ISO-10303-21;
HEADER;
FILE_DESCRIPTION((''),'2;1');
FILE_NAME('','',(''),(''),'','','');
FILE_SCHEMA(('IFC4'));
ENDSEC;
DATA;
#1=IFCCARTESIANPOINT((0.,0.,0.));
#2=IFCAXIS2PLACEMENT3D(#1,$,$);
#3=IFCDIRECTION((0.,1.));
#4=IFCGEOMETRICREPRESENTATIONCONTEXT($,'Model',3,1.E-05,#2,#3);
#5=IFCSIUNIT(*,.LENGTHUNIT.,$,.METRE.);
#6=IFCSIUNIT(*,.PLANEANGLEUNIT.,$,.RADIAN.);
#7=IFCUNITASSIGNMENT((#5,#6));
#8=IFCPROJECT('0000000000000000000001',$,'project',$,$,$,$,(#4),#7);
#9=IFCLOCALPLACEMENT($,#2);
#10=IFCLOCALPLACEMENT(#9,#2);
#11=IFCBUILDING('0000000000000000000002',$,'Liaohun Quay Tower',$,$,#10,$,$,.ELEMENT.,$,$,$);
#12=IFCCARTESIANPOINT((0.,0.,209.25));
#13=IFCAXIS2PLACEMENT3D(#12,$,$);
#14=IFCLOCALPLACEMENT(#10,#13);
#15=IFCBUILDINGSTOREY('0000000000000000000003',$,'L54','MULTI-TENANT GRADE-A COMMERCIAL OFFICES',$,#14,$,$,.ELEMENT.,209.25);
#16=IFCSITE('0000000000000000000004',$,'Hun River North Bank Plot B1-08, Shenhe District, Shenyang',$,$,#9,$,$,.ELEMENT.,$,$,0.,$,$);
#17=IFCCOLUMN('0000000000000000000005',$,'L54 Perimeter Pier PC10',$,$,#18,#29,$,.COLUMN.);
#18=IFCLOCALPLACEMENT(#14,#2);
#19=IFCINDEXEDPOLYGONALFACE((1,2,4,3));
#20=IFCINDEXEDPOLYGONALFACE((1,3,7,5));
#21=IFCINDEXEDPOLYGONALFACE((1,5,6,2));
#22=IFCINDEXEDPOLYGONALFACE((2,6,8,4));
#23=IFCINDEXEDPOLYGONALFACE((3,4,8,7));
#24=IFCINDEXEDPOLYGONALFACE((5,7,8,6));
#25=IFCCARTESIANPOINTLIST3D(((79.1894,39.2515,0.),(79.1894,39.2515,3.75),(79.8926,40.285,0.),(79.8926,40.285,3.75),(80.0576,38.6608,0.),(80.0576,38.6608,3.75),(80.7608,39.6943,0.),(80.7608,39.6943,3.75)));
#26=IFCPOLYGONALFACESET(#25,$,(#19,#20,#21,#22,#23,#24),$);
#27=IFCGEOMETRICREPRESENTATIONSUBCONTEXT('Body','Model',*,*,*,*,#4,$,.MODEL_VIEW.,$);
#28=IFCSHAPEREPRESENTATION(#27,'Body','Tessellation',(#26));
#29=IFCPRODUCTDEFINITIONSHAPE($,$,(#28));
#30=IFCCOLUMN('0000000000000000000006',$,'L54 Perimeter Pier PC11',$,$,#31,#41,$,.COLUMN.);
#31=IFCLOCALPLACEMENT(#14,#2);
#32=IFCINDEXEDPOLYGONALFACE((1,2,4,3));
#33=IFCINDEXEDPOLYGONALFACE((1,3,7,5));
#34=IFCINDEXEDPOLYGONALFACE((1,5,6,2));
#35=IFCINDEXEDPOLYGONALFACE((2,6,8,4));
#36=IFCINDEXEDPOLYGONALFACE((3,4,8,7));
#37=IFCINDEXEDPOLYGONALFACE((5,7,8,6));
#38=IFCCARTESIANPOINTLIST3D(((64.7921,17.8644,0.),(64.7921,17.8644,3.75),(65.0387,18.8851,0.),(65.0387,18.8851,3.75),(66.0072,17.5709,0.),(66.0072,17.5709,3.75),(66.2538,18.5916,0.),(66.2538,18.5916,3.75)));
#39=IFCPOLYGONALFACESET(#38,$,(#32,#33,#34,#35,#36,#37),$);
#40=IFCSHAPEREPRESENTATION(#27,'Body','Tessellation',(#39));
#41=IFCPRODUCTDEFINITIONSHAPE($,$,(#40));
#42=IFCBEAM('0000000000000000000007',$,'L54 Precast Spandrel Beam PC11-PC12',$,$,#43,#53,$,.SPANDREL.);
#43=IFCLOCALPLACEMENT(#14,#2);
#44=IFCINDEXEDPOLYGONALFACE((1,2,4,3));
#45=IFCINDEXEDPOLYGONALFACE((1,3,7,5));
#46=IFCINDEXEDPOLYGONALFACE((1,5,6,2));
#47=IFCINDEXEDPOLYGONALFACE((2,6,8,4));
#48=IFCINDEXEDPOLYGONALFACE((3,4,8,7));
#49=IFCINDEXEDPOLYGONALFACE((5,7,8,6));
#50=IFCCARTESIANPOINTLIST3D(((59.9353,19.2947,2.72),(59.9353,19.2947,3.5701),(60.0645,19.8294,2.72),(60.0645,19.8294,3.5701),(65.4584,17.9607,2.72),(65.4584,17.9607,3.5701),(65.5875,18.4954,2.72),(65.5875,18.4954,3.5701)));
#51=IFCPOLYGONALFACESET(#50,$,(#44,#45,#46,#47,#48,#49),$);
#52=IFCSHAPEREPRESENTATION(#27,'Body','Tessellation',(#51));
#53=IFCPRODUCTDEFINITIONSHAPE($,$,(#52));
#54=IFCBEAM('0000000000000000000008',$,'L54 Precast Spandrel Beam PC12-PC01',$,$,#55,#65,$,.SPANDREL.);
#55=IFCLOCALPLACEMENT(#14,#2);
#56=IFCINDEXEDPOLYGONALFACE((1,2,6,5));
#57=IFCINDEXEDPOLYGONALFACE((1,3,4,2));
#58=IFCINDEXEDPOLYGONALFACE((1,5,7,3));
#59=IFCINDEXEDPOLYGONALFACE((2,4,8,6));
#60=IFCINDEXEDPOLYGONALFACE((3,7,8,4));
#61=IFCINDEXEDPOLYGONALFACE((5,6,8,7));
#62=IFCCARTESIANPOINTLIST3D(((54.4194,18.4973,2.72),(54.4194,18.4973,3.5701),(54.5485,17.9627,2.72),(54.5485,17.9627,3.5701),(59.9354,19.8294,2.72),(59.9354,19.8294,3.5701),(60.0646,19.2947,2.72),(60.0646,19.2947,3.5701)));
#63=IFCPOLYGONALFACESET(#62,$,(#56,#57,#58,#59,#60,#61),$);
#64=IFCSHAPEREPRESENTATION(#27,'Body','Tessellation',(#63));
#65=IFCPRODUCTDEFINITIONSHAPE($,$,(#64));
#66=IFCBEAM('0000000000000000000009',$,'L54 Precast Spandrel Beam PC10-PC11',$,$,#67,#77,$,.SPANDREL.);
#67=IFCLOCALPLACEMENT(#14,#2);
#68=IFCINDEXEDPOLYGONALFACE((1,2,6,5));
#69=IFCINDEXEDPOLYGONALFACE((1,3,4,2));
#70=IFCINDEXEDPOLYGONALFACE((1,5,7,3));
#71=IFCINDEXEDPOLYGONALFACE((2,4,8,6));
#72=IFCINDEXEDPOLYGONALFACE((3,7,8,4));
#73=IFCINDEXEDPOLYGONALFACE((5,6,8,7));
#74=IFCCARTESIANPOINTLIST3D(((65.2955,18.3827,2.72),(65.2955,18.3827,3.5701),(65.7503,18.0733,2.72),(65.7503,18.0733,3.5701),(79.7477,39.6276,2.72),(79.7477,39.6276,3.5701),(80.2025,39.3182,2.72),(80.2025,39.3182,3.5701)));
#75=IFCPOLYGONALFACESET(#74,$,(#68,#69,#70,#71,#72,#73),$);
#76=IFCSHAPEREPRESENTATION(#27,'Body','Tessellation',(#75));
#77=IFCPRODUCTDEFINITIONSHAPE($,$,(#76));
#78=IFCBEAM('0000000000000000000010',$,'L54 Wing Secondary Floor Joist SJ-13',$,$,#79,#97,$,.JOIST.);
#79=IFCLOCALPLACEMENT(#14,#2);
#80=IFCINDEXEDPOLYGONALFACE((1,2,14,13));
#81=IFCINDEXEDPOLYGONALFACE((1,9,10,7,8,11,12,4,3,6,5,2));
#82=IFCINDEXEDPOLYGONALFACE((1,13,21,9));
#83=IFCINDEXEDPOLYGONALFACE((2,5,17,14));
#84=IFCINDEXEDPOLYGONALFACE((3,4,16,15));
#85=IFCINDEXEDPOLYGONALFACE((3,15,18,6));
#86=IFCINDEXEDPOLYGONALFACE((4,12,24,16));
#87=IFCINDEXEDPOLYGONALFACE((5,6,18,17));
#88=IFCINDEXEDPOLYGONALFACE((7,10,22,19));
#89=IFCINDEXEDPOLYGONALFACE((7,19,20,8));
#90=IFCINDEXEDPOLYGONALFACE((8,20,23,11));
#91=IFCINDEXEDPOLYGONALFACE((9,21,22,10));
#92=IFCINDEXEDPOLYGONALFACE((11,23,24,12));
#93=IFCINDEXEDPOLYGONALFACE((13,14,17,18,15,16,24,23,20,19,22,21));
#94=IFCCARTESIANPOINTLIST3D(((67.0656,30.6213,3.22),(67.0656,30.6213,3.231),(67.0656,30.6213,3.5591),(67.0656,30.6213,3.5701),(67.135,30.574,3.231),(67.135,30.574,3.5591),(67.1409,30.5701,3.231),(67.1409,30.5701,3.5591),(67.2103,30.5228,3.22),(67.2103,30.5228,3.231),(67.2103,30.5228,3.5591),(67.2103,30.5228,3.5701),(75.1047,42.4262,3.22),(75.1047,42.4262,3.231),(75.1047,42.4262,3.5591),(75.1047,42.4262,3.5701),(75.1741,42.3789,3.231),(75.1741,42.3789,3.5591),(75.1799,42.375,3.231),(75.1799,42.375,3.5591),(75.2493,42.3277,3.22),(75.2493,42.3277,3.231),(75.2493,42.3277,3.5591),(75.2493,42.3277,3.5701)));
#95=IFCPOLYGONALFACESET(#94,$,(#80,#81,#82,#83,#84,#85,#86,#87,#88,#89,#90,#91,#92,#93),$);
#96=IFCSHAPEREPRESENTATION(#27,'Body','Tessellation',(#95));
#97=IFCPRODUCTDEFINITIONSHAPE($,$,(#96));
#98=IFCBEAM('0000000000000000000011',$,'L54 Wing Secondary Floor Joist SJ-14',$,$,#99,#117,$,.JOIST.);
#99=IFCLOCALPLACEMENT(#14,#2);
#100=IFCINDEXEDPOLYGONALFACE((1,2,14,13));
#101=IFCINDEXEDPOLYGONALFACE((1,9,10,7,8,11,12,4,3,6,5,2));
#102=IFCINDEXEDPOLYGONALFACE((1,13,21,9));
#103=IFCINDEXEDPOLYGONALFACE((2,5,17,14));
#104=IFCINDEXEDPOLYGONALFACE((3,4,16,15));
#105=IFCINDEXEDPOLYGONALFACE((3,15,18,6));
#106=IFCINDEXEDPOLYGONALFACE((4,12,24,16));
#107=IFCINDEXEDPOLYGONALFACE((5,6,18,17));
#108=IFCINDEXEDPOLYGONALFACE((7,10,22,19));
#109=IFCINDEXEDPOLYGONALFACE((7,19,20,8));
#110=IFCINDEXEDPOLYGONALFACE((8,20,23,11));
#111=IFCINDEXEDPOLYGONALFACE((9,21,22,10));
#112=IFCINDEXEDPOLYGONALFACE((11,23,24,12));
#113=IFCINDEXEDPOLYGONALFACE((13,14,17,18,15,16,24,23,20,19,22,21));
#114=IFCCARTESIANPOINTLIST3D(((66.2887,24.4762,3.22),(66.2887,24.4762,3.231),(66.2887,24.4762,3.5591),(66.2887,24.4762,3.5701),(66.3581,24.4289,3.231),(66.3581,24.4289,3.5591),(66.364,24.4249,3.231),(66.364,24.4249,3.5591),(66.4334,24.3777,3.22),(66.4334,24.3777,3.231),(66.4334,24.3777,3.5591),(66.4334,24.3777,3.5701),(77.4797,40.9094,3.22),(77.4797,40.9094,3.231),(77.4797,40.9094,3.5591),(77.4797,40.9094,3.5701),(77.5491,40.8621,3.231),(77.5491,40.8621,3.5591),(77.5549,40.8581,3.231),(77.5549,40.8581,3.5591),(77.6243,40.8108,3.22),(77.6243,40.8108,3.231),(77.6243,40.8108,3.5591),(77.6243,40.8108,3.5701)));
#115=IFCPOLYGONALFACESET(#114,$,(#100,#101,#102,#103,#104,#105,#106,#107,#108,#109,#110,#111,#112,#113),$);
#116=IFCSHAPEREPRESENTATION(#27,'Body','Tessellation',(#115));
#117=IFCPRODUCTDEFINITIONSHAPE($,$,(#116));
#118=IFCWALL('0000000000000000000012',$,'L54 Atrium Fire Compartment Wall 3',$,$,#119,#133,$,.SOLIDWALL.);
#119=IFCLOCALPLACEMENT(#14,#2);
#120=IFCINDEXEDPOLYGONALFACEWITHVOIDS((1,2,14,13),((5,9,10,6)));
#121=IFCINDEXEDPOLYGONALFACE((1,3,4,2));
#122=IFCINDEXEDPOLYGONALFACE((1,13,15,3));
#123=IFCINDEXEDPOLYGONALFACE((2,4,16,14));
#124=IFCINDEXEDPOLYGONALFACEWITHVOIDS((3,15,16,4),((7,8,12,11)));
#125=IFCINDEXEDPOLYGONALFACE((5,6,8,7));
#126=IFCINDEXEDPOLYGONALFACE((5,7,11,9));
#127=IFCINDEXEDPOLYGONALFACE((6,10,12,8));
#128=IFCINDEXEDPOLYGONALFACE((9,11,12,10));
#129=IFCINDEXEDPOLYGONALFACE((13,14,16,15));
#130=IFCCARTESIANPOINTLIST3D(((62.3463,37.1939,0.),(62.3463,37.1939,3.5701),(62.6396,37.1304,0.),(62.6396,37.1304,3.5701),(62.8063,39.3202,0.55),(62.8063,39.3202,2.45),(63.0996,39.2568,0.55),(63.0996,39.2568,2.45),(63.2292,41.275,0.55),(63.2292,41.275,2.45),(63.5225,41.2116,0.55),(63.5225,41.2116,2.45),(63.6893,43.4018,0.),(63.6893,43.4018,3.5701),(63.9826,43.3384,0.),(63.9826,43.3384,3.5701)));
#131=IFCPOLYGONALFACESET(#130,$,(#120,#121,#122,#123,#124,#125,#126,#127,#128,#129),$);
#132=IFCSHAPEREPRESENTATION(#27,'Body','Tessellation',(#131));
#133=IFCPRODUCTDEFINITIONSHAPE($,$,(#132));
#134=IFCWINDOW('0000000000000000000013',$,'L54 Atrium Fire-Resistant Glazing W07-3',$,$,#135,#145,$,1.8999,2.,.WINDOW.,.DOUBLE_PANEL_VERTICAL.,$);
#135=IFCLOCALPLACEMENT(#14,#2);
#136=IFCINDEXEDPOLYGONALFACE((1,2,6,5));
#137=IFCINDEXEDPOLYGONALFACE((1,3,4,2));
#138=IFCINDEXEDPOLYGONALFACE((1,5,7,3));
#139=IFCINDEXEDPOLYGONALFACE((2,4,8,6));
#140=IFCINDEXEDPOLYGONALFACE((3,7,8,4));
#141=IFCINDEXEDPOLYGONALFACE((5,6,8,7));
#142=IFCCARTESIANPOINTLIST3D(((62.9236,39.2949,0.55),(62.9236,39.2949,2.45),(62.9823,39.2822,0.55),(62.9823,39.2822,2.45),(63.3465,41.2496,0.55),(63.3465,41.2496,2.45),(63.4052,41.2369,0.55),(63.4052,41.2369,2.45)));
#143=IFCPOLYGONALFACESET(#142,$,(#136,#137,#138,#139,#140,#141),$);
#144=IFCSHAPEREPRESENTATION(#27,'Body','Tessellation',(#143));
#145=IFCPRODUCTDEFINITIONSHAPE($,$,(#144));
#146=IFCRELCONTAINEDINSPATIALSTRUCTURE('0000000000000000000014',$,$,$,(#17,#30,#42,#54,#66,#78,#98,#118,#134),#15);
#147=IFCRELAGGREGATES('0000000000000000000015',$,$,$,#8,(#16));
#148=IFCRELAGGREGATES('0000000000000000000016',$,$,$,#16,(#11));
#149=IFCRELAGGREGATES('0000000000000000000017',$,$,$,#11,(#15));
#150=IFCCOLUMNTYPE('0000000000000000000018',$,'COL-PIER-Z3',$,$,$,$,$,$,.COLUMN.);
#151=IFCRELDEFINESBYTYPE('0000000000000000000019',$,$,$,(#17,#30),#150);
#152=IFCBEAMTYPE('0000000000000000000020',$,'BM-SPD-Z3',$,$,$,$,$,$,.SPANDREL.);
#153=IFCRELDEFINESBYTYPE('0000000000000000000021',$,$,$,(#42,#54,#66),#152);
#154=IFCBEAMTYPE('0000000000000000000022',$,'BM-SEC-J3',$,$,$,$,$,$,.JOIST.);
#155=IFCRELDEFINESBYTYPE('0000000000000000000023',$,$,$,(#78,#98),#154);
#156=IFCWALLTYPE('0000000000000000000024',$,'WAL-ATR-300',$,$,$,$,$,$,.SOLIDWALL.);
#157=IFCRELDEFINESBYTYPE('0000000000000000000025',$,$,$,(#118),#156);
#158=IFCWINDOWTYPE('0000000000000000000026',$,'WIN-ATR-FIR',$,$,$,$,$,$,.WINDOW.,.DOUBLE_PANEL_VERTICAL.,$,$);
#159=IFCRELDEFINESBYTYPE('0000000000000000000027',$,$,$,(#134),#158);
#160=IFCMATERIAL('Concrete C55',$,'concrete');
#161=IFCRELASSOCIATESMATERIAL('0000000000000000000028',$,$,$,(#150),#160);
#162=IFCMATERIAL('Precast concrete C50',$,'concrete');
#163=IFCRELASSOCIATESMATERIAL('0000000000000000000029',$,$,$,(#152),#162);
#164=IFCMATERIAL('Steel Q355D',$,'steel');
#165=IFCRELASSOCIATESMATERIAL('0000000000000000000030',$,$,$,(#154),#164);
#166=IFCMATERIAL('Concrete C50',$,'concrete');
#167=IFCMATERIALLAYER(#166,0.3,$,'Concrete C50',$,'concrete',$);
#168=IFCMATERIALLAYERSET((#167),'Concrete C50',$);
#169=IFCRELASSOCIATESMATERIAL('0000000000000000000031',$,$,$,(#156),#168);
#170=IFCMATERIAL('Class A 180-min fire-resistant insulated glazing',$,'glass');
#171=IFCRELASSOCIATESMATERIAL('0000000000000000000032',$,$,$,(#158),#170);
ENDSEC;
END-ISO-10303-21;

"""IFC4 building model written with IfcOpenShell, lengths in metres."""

from ifc_helpers import new_model, si_unit, direction, frame, frame_2d, origin, origin_2d, place, context, subcontext, project, spatial, rectangle, i_section, extrude, source, transform, mapped, material, layer, layer_set, material_profile, profile_set, type_object, element, fill, save


model = new_model("IFC4")

# Units and contexts
model_context = context("Model", 3, precision=1e-05, world=origin(), true_north=direction((0.0, 1.0)))
body_context = subcontext(model_context, "Body", "Model", "MODEL_VIEW")
ifc_project = project(units=[si_unit("LENGTHUNIT", "METRE"), si_unit("PLANEANGLEUNIT", "RADIAN")], contexts=[model_context])

# Site, building, storey
site_placement = place(None, origin())
site = spatial("IfcSite", under=ifc_project, at=site_placement, Name="Hun River North Bank Plot B1-08, Shenhe District, Shenyang", CompositionType="ELEMENT", RefElevation=0.0)
building_placement = place(site_placement, origin())
building = spatial("IfcBuilding", under=site, at=building_placement, Name="Liaohun Quay Tower", CompositionType="ELEMENT")
storey_placement = place(building_placement, frame((0.0, 0.0, 209.25)))
storey = spatial("IfcBuildingStorey", under=building, at=storey_placement, Name="L54", Description="MULTI-TENANT GRADE-A COMMERCIAL OFFICES", CompositionType="ELEMENT", Elevation=209.25)

# Columns
ifc_material_1 = material(Name="Concrete C55", Category="concrete")
ifc_material_profile_1 = material_profile(ifc_material_1, rectangle(XDim=1.25, YDim=1.05, at=origin_2d()), Name="RC1250x1050")
ifc_profile_set_1 = profile_set([ifc_material_profile_1], Name="Concrete C55")
column_type = type_object("IfcColumnType", Name="COL-PIER-Z3", PredefinedType="COLUMN", material=ifc_profile_set_1)
shared_shape_1 = source(origin(), body_context, "Body", "SweptSolid", [
    extrude(rectangle(XDim=1.25, YDim=1.05, at=origin_2d()), origin(), (0.0, 0.0, 1.0), 3.75),
])
for number, where, z_axis, x_axis, name in (
    (1, (79.9751, 39.4729, 0.0), (0.0, 0.0, 1.0), (0.562516, 0.826786, 0.0), "L54 Perimeter Pier PC10"),
    (2, (65.5229, 18.228, 0.0), (0.0, 0.0, 1.0), (-0.972043, 0.234803, 0.0), "L54 Perimeter Pier PC11"),
):
    element("IfcColumn", number, at=place(storey_placement, frame(where, z_axis=z_axis, x_axis=x_axis)), inside=storey, type_object=column_type, Name=name, PredefinedType="COLUMN", context=body_context, shape_type="MappedRepresentation", body=[
        mapped(shared_shape_1, transform((0.0, 0.0, 0.0), x_axis=(1.0, 0.0, 0.0), y_axis=(0.0, 1.0, 0.0), z_axis=(0.0, 0.0, 1.0), scale=1.0)),
    ])

# Beams
ifc_material_2 = material(Name="Precast concrete C50", Category="concrete")
ifc_material_profile_2 = material_profile(ifc_material_2, rectangle(XDim=0.55, YDim=0.8501, at=origin_2d()), Name="RC550x850")
ifc_profile_set_2 = profile_set([ifc_material_profile_2], Name="Precast concrete C50")
beam_type_1 = type_object("IfcBeamType", Name="BM-SPD-Z3", PredefinedType="SPANDREL", material=ifc_profile_set_2)
shared_shape_2 = source(origin(), body_context, "Body", "SweptSolid", [
    extrude(rectangle(XDim=0.55, YDim=0.8501, at=origin_2d()), origin(), (0.0, 0.0, 1.0), 5.6819),
])
beam_1_placement = place(storey_placement, frame((65.5229, 18.228, 3.145), z_axis=(-0.972048, 0.234783, 0.0), x_axis=(-0.234783, -0.972048, 0.0)))
element("IfcBeam", 3, at=beam_1_placement, inside=storey, type_object=beam_type_1, Name="L54 Precast Spandrel Beam PC11-PC12", PredefinedType="SPANDREL", context=body_context, shape_type="MappedRepresentation", body=[
    mapped(shared_shape_2, transform((0.0, 0.0, 0.0), x_axis=(1.0, 0.0, 0.0), y_axis=(0.0, 1.0, 0.0), z_axis=(0.0, 0.0, 1.0), scale=1.0)),
])
shared_shape_3 = source(origin(), body_context, "Body", "SweptSolid", [
    extrude(rectangle(XDim=0.55, YDim=0.8501, at=origin_2d()), origin(), (0.0, 0.0, 1.0), 5.6746),
])
beam_2_placement = place(storey_placement, frame((60.0, 19.562, 3.145), z_axis=(-0.97206, -0.234733, 0.0), x_axis=(0.234733, -0.97206, 0.0)))
element("IfcBeam", 4, at=beam_2_placement, inside=storey, type_object=beam_type_1, Name="L54 Precast Spandrel Beam PC12-PC01", PredefinedType="SPANDREL", context=body_context, shape_type="MappedRepresentation", body=[
    mapped(shared_shape_3, transform((0.0, 0.0, 0.0), x_axis=(1.0, 0.0, 0.0), y_axis=(0.0, 1.0, 0.0), z_axis=(0.0, 0.0, 1.0), scale=1.0)),
])
shared_shape_4 = source(origin(), body_context, "Body", "SweptSolid", [
    extrude(rectangle(XDim=0.55, YDim=0.8501, at=origin_2d()), origin(), (0.0, 0.0, 1.0), 25.6946),
])
beam_3_placement = place(storey_placement, frame((79.9751, 39.4729, 3.145), z_axis=(-0.56246, -0.826825, 0.0), x_axis=(0.826825, -0.56246, 0.0)))
element("IfcBeam", 5, at=beam_3_placement, inside=storey, type_object=beam_type_1, Name="L54 Precast Spandrel Beam PC10-PC11", PredefinedType="SPANDREL", context=body_context, shape_type="MappedRepresentation", body=[
    mapped(shared_shape_4, transform((0.0, 0.0, 0.0), x_axis=(1.0, 0.0, 0.0), y_axis=(0.0, 1.0, 0.0), z_axis=(0.0, 0.0, 1.0), scale=1.0)),
])
ifc_material_3 = material(Name="Steel Q355D", Category="steel")
ifc_material_profile_3 = material_profile(ifc_material_3, i_section(OverallWidth=0.175, OverallDepth=0.3501, WebThickness=0.0071, FlangeThickness=0.011, at=origin_2d()), Name="HN350x175x7x11")
ifc_profile_set_3 = profile_set([ifc_material_profile_3], Name="Steel Q355D")
beam_type_2 = type_object("IfcBeamType", Name="BM-SEC-J3", PredefinedType="JOIST", material=ifc_profile_set_3)
shared_shape_5 = source(origin(), body_context, "Body", "SweptSolid", [
    extrude(i_section(OverallWidth=0.175, OverallDepth=0.3501, WebThickness=0.0071, FlangeThickness=0.011, at=origin_2d()), origin(), (0.0, 0.0, 1.0), 14.2822),
])
beam_4_placement = place(storey_placement, frame((75.177, 42.377, 3.395), z_axis=(-0.56287, -0.826545, 0.0), x_axis=(0.826545, -0.56287, 0.0)))
element("IfcBeam", 6, at=beam_4_placement, inside=storey, type_object=beam_type_2, Name="L54 Wing Secondary Floor Joist SJ-13", PredefinedType="JOIST", context=body_context, shape_type="MappedRepresentation", body=[
    mapped(shared_shape_5, transform((0.0, 0.0, 0.0), x_axis=(1.0, 0.0, 0.0), y_axis=(0.0, 1.0, 0.0), z_axis=(0.0, 0.0, 1.0), scale=1.0)),
])
shared_shape_6 = source(origin(), body_context, "Body", "SweptSolid", [
    extrude(i_section(OverallWidth=0.175, OverallDepth=0.3501, WebThickness=0.0071, FlangeThickness=0.011, at=origin_2d()), origin(), (0.0, 0.0, 1.0), 19.8818),
])
beam_5_placement = place(storey_placement, frame((77.552, 40.8601, 3.395), z_axis=(-0.562874, -0.826543, 0.0), x_axis=(0.826543, -0.562874, 0.0)))
element("IfcBeam", 7, at=beam_5_placement, inside=storey, type_object=beam_type_2, Name="L54 Wing Secondary Floor Joist SJ-14", PredefinedType="JOIST", context=body_context, shape_type="MappedRepresentation", body=[
    mapped(shared_shape_6, transform((0.0, 0.0, 0.0), x_axis=(1.0, 0.0, 0.0), y_axis=(0.0, 1.0, 0.0), z_axis=(0.0, 0.0, 1.0), scale=1.0)),
])

# Wall, opening, window
ifc_material_4 = material(Name="Concrete C50", Category="concrete")
ifc_layer_1 = layer(ifc_material_4, 0.3, Name="Concrete C50", Category="concrete")
ifc_layer_set_1 = layer_set([ifc_layer_1], Name="Concrete C50")
wall_type_1 = type_object("IfcWallType", Name="WAL-ATR-300", PredefinedType="SOLIDWALL", material=ifc_layer_set_1)
wall_1_placement = place(storey_placement, frame((63.8359, 43.3701, 0.0), z_axis=(0.0, 0.0, 1.0), x_axis=(-0.211445, -0.97739, 0.0)))
wall_1 = element("IfcWall", 8, at=wall_1_placement, inside=storey, type_object=wall_type_1, Name="L54 Atrium Fire Compartment Wall 3", PredefinedType="SOLIDWALL", context=body_context, shape_type="SweptSolid", body=[
    extrude(rectangle(XDim=6.3516, YDim=0.3, at=frame_2d((3.1758, 0.0))), origin(), (0.0, 0.0, 1.0), 3.5701),
])
shared_shape_7 = source(origin(), body_context, "Body", "SweptSolid", [
    extrude(rectangle(XDim=2.0, YDim=1.8999, at=frame_2d((1.0, 0.95))), frame((0.0, 0.1599, 0.0), z_axis=(0.0, -1.0, 0.0), x_axis=(1.0, 0.0, 0.0)), (0.0, 0.0, 1.0), 0.3201),
])
opening_1_placement = place(wall_1_placement, frame((2.176, 0.0, 0.55)))
opening_1 = element("IfcOpeningElement", 9, at=opening_1_placement, cuts=wall_1, PredefinedType="OPENING", context=body_context, shape_type="MappedRepresentation", body=[
    mapped(shared_shape_7, transform((0.0, 0.0, 0.0), x_axis=(1.0, 0.0, 0.0), y_axis=(0.0, 1.0, 0.0), z_axis=(0.0, 0.0, 1.0), scale=1.0)),
])
ifc_material_5 = material(Name="Class A 180-min fire-resistant insulated glazing", Category="glass")
window_type_1 = type_object("IfcWindowType", Name="WIN-ATR-FIR", PartitioningType="DOUBLE_PANEL_VERTICAL", PredefinedType="WINDOW", material=ifc_material_5)
shared_shape_8 = source(origin(), body_context, "Body", "SweptSolid", [
    extrude(rectangle(XDim=2.0, YDim=1.8999, at=frame_2d((1.0, 0.95))), frame((0.0, 0.03, 0.0), z_axis=(0.0, -1.0, 0.0), x_axis=(1.0, 0.0, 0.0)), (0.0, 0.0, 1.0), 0.0601),
])
window_1_placement = place(opening_1_placement, origin())
window_1 = element("IfcWindow", 10, at=window_1_placement, inside=storey, type_object=window_type_1, Name="L54 Atrium Fire-Resistant Glazing W07-3", OverallHeight=1.8999, OverallWidth=2.0, PartitioningType="DOUBLE_PANEL_VERTICAL", PredefinedType="WINDOW", context=body_context, shape_type="MappedRepresentation", body=[
    mapped(shared_shape_8, transform((0.0, 0.0, 0.0), x_axis=(1.0, 0.0, 0.0), y_axis=(0.0, 1.0, 0.0), z_axis=(0.0, 0.0, 1.0), scale=1.0)),
])
fill(opening_1, window_1)

save(model, "model.ifc")
